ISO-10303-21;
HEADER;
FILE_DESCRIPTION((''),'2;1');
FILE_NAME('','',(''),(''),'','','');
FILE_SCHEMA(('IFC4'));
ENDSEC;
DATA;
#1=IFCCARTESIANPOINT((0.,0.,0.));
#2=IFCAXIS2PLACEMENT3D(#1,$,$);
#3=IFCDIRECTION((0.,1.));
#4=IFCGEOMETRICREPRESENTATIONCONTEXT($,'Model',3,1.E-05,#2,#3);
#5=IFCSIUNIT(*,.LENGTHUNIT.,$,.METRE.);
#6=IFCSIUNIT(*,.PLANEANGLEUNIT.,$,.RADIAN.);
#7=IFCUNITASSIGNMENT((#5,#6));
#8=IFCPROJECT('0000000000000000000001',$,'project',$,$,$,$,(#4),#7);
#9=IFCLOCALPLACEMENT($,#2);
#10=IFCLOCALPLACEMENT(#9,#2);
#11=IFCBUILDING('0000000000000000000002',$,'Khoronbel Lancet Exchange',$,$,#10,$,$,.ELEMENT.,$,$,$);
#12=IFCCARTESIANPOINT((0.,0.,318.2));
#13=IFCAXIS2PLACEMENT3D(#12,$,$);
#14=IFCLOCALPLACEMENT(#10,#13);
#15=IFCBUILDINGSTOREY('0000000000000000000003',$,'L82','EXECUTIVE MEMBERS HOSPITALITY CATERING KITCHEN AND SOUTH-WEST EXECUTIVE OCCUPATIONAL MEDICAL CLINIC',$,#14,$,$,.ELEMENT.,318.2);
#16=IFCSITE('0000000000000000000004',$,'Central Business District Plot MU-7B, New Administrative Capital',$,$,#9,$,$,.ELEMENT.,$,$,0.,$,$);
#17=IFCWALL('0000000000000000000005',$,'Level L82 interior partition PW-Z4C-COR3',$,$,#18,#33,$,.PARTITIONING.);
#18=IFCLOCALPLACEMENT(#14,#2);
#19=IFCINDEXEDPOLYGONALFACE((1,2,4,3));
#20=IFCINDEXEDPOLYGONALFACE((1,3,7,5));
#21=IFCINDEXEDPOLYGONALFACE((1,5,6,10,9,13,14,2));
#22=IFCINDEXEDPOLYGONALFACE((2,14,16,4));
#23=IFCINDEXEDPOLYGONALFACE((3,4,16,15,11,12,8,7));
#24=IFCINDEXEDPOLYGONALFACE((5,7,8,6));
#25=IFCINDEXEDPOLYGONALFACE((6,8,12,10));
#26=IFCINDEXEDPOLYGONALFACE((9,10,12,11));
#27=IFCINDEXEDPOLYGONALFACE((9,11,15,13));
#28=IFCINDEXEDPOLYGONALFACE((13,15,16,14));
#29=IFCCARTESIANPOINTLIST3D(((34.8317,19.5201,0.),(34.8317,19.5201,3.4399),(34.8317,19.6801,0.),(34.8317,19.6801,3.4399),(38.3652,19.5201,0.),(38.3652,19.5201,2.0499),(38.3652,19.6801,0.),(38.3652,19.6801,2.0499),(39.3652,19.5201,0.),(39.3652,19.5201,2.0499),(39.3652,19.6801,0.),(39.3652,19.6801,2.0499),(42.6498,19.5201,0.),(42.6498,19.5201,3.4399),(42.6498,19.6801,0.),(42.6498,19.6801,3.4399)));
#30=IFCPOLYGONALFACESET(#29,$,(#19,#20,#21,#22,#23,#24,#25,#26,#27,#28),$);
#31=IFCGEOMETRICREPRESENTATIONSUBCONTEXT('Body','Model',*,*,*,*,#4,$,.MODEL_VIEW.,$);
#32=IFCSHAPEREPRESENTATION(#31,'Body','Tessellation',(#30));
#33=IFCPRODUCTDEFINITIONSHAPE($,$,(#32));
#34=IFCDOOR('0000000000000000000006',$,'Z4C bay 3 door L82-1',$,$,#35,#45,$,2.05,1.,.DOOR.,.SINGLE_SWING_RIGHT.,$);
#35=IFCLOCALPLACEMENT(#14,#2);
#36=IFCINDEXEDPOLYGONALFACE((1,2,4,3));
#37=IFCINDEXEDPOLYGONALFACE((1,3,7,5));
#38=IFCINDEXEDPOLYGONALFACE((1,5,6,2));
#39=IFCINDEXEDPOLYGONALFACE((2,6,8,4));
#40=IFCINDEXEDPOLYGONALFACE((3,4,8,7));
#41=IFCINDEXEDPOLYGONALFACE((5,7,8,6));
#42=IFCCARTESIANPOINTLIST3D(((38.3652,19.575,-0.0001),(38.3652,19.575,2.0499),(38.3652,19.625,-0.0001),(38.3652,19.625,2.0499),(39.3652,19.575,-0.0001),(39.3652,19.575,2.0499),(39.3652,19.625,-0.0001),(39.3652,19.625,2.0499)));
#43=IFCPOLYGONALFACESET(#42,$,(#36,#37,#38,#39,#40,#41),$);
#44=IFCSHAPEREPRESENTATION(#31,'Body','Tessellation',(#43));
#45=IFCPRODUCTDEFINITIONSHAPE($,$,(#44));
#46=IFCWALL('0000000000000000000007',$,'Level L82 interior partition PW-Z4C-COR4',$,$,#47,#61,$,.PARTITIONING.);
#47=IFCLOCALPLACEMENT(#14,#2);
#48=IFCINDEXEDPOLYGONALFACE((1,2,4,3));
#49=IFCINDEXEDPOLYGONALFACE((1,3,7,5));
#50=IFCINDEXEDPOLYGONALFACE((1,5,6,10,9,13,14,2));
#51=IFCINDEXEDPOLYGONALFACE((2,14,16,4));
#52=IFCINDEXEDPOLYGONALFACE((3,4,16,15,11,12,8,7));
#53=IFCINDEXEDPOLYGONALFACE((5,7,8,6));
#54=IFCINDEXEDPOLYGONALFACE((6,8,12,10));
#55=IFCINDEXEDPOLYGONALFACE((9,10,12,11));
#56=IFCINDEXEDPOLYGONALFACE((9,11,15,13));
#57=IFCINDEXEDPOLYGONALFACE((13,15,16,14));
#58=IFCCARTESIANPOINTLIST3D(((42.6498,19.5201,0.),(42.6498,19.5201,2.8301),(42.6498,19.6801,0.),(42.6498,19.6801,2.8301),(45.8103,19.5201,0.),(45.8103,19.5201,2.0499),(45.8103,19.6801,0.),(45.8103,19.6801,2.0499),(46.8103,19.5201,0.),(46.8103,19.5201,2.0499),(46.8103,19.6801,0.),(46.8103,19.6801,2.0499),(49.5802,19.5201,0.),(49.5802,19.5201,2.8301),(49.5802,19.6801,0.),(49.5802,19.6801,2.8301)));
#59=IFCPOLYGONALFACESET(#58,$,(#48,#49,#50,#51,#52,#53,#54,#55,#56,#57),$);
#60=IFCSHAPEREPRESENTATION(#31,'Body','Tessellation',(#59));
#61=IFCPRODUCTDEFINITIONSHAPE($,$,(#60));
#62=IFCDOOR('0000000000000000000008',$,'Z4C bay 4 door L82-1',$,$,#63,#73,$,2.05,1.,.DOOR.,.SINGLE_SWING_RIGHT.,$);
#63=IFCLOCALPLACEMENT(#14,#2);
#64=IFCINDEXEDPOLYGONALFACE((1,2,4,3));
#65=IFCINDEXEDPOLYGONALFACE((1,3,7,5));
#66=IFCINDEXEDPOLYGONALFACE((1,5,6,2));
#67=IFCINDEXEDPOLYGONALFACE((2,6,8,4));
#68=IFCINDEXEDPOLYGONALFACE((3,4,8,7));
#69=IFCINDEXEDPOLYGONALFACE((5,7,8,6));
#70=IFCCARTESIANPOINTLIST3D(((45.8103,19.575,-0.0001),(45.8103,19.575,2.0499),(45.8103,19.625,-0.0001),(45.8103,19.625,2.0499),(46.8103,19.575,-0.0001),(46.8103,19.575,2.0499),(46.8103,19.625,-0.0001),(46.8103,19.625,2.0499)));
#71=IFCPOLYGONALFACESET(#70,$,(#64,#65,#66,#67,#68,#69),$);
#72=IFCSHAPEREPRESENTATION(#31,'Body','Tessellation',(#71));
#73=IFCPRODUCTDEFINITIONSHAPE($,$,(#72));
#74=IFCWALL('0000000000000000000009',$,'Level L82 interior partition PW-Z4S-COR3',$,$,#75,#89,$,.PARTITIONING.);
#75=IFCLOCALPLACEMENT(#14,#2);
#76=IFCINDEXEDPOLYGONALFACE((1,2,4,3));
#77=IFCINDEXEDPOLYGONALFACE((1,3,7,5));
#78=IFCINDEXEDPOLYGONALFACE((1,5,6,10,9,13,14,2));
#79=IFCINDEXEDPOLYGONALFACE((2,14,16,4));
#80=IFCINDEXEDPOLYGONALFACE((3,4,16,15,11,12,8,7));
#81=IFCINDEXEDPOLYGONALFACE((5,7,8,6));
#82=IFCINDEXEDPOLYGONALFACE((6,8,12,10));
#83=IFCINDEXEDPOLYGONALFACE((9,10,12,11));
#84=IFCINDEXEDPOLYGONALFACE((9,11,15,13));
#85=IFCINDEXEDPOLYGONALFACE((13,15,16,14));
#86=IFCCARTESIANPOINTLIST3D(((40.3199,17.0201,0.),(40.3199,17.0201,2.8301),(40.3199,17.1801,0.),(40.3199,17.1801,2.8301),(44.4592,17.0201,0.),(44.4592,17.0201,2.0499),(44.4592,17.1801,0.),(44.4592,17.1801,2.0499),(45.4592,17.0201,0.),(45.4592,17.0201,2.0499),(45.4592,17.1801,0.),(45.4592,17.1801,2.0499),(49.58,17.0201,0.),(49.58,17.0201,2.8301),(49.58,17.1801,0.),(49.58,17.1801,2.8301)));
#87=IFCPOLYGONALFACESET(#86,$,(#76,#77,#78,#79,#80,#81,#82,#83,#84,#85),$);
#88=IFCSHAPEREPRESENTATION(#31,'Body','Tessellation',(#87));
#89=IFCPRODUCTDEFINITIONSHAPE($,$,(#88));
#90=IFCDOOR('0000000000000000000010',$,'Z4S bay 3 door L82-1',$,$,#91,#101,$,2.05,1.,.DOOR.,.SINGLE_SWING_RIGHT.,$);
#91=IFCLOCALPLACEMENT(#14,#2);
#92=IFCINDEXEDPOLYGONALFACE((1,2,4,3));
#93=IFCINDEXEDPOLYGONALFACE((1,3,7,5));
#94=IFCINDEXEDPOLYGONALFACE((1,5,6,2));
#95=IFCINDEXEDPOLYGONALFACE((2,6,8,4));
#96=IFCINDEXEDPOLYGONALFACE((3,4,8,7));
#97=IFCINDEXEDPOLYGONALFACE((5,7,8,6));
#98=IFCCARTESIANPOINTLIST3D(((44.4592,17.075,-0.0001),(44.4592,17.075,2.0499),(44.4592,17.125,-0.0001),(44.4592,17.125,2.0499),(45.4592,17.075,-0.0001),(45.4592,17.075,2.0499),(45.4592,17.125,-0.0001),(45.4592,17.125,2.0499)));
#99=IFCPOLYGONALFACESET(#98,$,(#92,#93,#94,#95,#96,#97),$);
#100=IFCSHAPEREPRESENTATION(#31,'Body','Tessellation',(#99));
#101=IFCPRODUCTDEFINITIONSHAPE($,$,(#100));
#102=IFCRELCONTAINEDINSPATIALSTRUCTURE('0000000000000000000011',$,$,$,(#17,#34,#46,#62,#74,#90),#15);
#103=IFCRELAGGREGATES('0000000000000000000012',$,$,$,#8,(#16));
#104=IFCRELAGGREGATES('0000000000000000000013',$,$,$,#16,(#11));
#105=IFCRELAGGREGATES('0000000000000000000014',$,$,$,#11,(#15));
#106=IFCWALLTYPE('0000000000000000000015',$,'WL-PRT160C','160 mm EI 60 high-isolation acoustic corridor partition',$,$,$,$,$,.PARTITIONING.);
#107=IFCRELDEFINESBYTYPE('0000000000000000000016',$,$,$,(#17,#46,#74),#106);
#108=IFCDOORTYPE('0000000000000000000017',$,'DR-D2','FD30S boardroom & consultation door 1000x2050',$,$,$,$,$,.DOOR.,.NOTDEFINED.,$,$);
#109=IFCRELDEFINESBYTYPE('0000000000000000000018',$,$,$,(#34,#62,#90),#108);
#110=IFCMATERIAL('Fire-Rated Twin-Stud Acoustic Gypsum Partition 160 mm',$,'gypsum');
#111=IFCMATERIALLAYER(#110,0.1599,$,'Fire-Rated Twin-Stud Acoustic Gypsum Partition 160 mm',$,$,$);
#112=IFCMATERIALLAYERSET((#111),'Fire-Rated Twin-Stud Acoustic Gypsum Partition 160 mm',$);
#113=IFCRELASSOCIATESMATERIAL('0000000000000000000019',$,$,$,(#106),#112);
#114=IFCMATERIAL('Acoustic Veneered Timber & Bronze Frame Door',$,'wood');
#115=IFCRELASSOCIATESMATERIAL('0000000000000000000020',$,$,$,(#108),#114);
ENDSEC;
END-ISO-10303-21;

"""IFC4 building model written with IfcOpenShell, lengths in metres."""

from ifc_helpers import new_model, si_unit, direction, frame, frame_2d, origin, place, context, subcontext, project, spatial, rectangle, extrude, material, layer, layer_set, type_object, element, fill, save


model = new_model("IFC4")

# Units and contexts
model_context = context("Model", 3, precision=1e-05, world=origin(), true_north=direction((0.0, 1.0)))
body_context = subcontext(model_context, "Body", "Model", "MODEL_VIEW")
ifc_project = project(units=[si_unit("LENGTHUNIT", "METRE"), si_unit("PLANEANGLEUNIT", "RADIAN")], contexts=[model_context])

# Site, building, storey
site_placement = place(None, origin())
site = spatial("IfcSite", under=ifc_project, at=site_placement, Name="Central Business District Plot MU-7B, New Administrative Capital", CompositionType="ELEMENT", RefElevation=0.0)
building_placement = place(site_placement, origin())
building = spatial("IfcBuilding", under=site, at=building_placement, Name="Khoronbel Lancet Exchange", CompositionType="ELEMENT")
storey_placement = place(building_placement, frame((0.0, 0.0, 318.2)))
storey = spatial("IfcBuildingStorey", under=building, at=storey_placement, Name="L82", Description="EXECUTIVE MEMBERS HOSPITALITY CATERING KITCHEN AND SOUTH-WEST EXECUTIVE OCCUPATIONAL MEDICAL CLINIC", CompositionType="ELEMENT", Elevation=318.2)

# Walls, openings, doors
ifc_material_1 = material(Name="Fire-Rated Twin-Stud Acoustic Gypsum Partition 160 mm", Category="gypsum")
ifc_layer_1 = layer(ifc_material_1, 0.1599, Name="Fire-Rated Twin-Stud Acoustic Gypsum Partition 160 mm")
ifc_layer_set_1 = layer_set([ifc_layer_1], Name="Fire-Rated Twin-Stud Acoustic Gypsum Partition 160 mm")
wall_type_1 = type_object("IfcWallType", Name="WL-PRT160C", Description="160 mm EI 60 high-isolation acoustic corridor partition", PredefinedType="PARTITIONING", material=ifc_layer_set_1)
wall_1_placement = place(storey_placement, frame((34.8315, 19.6001, 0.0), z_axis=(0.0, 0.0, 1.0), x_axis=(1.0, 0.0, 0.0)))
wall_1 = element("IfcWall", 1, at=wall_1_placement, inside=storey, type_object=wall_type_1, Name="Level L82 interior partition PW-Z4C-COR3", PredefinedType="PARTITIONING", context=body_context, shape_type="SweptSolid", body=[
    extrude(rectangle(XDim=7.8181, YDim=0.1599, at=frame_2d((3.9092, 0.0))), origin(), (0.0, 0.0, 1.0), 3.4399),
])
opening_1_placement = place(wall_1_placement, frame((3.5337, 0.0, 0.0)))
opening_1 = element("IfcOpeningElement", 2, at=opening_1_placement, cuts=wall_1, PredefinedType="OPENING", context=body_context, shape_type="SweptSolid", body=[
    extrude(rectangle(XDim=1.0, YDim=2.05, at=frame_2d((0.5, 1.0249))), frame((0.0, 0.0898, 0.0), z_axis=(0.0, -1.0, 0.0), x_axis=(1.0, 0.0, 0.0)), (0.0, 0.0, 1.0), 0.1799),
])
ifc_material_2 = material(Name="Acoustic Veneered Timber & Bronze Frame Door", Category="wood")
door_type_1 = type_object("IfcDoorType", Name="DR-D2", Description="FD30S boardroom & consultation door 1000x2050", OperationType="NOTDEFINED", PredefinedType="DOOR", material=ifc_material_2)
door_1_placement = place(opening_1_placement, origin())
door_1 = element("IfcDoor", 3, at=door_1_placement, inside=storey, type_object=door_type_1, Name="Z4C bay 3 door L82-1", OperationType="SINGLE_SWING_RIGHT", OverallHeight=2.05, OverallWidth=1.0, PredefinedType="DOOR", context=body_context, shape_type="SweptSolid", body=[
    extrude(rectangle(XDim=1.0, YDim=2.05, at=frame_2d((0.5, 1.0249))), frame((0.0, 0.0249, 0.0), z_axis=(0.0, -1.0, 0.0), x_axis=(1.0, 0.0, 0.0)), (0.0, 0.0, 1.0), 0.05),
])
fill(opening_1, door_1)
wall_2_placement = place(storey_placement, frame((42.6497, 19.6001, 0.0), z_axis=(0.0, 0.0, 1.0), x_axis=(1.0, 0.0, 0.0)))
wall_2 = element("IfcWall", 4, at=wall_2_placement, inside=storey, type_object=wall_type_1, Name="Level L82 interior partition PW-Z4C-COR4", PredefinedType="PARTITIONING", context=body_context, shape_type="SweptSolid", body=[
    extrude(rectangle(XDim=6.9304, YDim=0.1599, at=frame_2d((3.4653, 0.0))), origin(), (0.0, 0.0, 1.0), 2.8301),
])
opening_2_placement = place(wall_2_placement, frame((3.1606, 0.0, 0.0)))
opening_2 = element("IfcOpeningElement", 5, at=opening_2_placement, cuts=wall_2, PredefinedType="OPENING", context=body_context, shape_type="SweptSolid", body=[
    extrude(rectangle(XDim=1.0, YDim=2.05, at=frame_2d((0.5, 1.0249))), frame((0.0, 0.0898, 0.0), z_axis=(0.0, -1.0, 0.0), x_axis=(1.0, 0.0, 0.0)), (0.0, 0.0, 1.0), 0.1799),
])
door_2_placement = place(opening_2_placement, origin())
door_2 = element("IfcDoor", 6, at=door_2_placement, inside=storey, type_object=door_type_1, Name="Z4C bay 4 door L82-1", OperationType="SINGLE_SWING_RIGHT", OverallHeight=2.05, OverallWidth=1.0, PredefinedType="DOOR", context=body_context, shape_type="SweptSolid", body=[
    extrude(rectangle(XDim=1.0, YDim=2.05, at=frame_2d((0.5, 1.0249))), frame((0.0, 0.0249, 0.0), z_axis=(0.0, -1.0, 0.0), x_axis=(1.0, 0.0, 0.0)), (0.0, 0.0, 1.0), 0.05),
])
fill(opening_2, door_2)
wall_3_placement = place(storey_placement, frame((40.3201, 17.1001, 0.0), z_axis=(0.0, 0.0, 1.0), x_axis=(1.0, 0.0, 0.0)))
wall_3 = element("IfcWall", 7, at=wall_3_placement, inside=storey, type_object=wall_type_1, Name="Level L82 interior partition PW-Z4S-COR3", PredefinedType="PARTITIONING", context=body_context, shape_type="SweptSolid", body=[
    extrude(rectangle(XDim=9.26, YDim=0.1599, at=frame_2d((4.6299, 0.0))), origin(), (0.0, 0.0, 1.0), 2.8301),
])
opening_3_placement = place(wall_3_placement, frame((4.1392, 0.0, 0.0)))
opening_3 = element("IfcOpeningElement", 8, at=opening_3_placement, cuts=wall_3, PredefinedType="OPENING", context=body_context, shape_type="SweptSolid", body=[
    extrude(rectangle(XDim=1.0, YDim=2.05, at=frame_2d((0.5, 1.0249))), frame((0.0, 0.0898, 0.0), z_axis=(0.0, -1.0, 0.0), x_axis=(1.0, 0.0, 0.0)), (0.0, 0.0, 1.0), 0.1799),
])
door_3_placement = place(opening_3_placement, origin())
door_3 = element("IfcDoor", 9, at=door_3_placement, inside=storey, type_object=door_type_1, Name="Z4S bay 3 door L82-1", OperationType="SINGLE_SWING_RIGHT", OverallHeight=2.05, OverallWidth=1.0, PredefinedType="DOOR", context=body_context, shape_type="SweptSolid", body=[
    extrude(rectangle(XDim=1.0, YDim=2.05, at=frame_2d((0.5, 1.0249))), frame((0.0, 0.0249, 0.0), z_axis=(0.0, -1.0, 0.0), x_axis=(1.0, 0.0, 0.0)), (0.0, 0.0, 1.0), 0.05),
])
fill(opening_3, door_3)

save(model, "model.ifc")
